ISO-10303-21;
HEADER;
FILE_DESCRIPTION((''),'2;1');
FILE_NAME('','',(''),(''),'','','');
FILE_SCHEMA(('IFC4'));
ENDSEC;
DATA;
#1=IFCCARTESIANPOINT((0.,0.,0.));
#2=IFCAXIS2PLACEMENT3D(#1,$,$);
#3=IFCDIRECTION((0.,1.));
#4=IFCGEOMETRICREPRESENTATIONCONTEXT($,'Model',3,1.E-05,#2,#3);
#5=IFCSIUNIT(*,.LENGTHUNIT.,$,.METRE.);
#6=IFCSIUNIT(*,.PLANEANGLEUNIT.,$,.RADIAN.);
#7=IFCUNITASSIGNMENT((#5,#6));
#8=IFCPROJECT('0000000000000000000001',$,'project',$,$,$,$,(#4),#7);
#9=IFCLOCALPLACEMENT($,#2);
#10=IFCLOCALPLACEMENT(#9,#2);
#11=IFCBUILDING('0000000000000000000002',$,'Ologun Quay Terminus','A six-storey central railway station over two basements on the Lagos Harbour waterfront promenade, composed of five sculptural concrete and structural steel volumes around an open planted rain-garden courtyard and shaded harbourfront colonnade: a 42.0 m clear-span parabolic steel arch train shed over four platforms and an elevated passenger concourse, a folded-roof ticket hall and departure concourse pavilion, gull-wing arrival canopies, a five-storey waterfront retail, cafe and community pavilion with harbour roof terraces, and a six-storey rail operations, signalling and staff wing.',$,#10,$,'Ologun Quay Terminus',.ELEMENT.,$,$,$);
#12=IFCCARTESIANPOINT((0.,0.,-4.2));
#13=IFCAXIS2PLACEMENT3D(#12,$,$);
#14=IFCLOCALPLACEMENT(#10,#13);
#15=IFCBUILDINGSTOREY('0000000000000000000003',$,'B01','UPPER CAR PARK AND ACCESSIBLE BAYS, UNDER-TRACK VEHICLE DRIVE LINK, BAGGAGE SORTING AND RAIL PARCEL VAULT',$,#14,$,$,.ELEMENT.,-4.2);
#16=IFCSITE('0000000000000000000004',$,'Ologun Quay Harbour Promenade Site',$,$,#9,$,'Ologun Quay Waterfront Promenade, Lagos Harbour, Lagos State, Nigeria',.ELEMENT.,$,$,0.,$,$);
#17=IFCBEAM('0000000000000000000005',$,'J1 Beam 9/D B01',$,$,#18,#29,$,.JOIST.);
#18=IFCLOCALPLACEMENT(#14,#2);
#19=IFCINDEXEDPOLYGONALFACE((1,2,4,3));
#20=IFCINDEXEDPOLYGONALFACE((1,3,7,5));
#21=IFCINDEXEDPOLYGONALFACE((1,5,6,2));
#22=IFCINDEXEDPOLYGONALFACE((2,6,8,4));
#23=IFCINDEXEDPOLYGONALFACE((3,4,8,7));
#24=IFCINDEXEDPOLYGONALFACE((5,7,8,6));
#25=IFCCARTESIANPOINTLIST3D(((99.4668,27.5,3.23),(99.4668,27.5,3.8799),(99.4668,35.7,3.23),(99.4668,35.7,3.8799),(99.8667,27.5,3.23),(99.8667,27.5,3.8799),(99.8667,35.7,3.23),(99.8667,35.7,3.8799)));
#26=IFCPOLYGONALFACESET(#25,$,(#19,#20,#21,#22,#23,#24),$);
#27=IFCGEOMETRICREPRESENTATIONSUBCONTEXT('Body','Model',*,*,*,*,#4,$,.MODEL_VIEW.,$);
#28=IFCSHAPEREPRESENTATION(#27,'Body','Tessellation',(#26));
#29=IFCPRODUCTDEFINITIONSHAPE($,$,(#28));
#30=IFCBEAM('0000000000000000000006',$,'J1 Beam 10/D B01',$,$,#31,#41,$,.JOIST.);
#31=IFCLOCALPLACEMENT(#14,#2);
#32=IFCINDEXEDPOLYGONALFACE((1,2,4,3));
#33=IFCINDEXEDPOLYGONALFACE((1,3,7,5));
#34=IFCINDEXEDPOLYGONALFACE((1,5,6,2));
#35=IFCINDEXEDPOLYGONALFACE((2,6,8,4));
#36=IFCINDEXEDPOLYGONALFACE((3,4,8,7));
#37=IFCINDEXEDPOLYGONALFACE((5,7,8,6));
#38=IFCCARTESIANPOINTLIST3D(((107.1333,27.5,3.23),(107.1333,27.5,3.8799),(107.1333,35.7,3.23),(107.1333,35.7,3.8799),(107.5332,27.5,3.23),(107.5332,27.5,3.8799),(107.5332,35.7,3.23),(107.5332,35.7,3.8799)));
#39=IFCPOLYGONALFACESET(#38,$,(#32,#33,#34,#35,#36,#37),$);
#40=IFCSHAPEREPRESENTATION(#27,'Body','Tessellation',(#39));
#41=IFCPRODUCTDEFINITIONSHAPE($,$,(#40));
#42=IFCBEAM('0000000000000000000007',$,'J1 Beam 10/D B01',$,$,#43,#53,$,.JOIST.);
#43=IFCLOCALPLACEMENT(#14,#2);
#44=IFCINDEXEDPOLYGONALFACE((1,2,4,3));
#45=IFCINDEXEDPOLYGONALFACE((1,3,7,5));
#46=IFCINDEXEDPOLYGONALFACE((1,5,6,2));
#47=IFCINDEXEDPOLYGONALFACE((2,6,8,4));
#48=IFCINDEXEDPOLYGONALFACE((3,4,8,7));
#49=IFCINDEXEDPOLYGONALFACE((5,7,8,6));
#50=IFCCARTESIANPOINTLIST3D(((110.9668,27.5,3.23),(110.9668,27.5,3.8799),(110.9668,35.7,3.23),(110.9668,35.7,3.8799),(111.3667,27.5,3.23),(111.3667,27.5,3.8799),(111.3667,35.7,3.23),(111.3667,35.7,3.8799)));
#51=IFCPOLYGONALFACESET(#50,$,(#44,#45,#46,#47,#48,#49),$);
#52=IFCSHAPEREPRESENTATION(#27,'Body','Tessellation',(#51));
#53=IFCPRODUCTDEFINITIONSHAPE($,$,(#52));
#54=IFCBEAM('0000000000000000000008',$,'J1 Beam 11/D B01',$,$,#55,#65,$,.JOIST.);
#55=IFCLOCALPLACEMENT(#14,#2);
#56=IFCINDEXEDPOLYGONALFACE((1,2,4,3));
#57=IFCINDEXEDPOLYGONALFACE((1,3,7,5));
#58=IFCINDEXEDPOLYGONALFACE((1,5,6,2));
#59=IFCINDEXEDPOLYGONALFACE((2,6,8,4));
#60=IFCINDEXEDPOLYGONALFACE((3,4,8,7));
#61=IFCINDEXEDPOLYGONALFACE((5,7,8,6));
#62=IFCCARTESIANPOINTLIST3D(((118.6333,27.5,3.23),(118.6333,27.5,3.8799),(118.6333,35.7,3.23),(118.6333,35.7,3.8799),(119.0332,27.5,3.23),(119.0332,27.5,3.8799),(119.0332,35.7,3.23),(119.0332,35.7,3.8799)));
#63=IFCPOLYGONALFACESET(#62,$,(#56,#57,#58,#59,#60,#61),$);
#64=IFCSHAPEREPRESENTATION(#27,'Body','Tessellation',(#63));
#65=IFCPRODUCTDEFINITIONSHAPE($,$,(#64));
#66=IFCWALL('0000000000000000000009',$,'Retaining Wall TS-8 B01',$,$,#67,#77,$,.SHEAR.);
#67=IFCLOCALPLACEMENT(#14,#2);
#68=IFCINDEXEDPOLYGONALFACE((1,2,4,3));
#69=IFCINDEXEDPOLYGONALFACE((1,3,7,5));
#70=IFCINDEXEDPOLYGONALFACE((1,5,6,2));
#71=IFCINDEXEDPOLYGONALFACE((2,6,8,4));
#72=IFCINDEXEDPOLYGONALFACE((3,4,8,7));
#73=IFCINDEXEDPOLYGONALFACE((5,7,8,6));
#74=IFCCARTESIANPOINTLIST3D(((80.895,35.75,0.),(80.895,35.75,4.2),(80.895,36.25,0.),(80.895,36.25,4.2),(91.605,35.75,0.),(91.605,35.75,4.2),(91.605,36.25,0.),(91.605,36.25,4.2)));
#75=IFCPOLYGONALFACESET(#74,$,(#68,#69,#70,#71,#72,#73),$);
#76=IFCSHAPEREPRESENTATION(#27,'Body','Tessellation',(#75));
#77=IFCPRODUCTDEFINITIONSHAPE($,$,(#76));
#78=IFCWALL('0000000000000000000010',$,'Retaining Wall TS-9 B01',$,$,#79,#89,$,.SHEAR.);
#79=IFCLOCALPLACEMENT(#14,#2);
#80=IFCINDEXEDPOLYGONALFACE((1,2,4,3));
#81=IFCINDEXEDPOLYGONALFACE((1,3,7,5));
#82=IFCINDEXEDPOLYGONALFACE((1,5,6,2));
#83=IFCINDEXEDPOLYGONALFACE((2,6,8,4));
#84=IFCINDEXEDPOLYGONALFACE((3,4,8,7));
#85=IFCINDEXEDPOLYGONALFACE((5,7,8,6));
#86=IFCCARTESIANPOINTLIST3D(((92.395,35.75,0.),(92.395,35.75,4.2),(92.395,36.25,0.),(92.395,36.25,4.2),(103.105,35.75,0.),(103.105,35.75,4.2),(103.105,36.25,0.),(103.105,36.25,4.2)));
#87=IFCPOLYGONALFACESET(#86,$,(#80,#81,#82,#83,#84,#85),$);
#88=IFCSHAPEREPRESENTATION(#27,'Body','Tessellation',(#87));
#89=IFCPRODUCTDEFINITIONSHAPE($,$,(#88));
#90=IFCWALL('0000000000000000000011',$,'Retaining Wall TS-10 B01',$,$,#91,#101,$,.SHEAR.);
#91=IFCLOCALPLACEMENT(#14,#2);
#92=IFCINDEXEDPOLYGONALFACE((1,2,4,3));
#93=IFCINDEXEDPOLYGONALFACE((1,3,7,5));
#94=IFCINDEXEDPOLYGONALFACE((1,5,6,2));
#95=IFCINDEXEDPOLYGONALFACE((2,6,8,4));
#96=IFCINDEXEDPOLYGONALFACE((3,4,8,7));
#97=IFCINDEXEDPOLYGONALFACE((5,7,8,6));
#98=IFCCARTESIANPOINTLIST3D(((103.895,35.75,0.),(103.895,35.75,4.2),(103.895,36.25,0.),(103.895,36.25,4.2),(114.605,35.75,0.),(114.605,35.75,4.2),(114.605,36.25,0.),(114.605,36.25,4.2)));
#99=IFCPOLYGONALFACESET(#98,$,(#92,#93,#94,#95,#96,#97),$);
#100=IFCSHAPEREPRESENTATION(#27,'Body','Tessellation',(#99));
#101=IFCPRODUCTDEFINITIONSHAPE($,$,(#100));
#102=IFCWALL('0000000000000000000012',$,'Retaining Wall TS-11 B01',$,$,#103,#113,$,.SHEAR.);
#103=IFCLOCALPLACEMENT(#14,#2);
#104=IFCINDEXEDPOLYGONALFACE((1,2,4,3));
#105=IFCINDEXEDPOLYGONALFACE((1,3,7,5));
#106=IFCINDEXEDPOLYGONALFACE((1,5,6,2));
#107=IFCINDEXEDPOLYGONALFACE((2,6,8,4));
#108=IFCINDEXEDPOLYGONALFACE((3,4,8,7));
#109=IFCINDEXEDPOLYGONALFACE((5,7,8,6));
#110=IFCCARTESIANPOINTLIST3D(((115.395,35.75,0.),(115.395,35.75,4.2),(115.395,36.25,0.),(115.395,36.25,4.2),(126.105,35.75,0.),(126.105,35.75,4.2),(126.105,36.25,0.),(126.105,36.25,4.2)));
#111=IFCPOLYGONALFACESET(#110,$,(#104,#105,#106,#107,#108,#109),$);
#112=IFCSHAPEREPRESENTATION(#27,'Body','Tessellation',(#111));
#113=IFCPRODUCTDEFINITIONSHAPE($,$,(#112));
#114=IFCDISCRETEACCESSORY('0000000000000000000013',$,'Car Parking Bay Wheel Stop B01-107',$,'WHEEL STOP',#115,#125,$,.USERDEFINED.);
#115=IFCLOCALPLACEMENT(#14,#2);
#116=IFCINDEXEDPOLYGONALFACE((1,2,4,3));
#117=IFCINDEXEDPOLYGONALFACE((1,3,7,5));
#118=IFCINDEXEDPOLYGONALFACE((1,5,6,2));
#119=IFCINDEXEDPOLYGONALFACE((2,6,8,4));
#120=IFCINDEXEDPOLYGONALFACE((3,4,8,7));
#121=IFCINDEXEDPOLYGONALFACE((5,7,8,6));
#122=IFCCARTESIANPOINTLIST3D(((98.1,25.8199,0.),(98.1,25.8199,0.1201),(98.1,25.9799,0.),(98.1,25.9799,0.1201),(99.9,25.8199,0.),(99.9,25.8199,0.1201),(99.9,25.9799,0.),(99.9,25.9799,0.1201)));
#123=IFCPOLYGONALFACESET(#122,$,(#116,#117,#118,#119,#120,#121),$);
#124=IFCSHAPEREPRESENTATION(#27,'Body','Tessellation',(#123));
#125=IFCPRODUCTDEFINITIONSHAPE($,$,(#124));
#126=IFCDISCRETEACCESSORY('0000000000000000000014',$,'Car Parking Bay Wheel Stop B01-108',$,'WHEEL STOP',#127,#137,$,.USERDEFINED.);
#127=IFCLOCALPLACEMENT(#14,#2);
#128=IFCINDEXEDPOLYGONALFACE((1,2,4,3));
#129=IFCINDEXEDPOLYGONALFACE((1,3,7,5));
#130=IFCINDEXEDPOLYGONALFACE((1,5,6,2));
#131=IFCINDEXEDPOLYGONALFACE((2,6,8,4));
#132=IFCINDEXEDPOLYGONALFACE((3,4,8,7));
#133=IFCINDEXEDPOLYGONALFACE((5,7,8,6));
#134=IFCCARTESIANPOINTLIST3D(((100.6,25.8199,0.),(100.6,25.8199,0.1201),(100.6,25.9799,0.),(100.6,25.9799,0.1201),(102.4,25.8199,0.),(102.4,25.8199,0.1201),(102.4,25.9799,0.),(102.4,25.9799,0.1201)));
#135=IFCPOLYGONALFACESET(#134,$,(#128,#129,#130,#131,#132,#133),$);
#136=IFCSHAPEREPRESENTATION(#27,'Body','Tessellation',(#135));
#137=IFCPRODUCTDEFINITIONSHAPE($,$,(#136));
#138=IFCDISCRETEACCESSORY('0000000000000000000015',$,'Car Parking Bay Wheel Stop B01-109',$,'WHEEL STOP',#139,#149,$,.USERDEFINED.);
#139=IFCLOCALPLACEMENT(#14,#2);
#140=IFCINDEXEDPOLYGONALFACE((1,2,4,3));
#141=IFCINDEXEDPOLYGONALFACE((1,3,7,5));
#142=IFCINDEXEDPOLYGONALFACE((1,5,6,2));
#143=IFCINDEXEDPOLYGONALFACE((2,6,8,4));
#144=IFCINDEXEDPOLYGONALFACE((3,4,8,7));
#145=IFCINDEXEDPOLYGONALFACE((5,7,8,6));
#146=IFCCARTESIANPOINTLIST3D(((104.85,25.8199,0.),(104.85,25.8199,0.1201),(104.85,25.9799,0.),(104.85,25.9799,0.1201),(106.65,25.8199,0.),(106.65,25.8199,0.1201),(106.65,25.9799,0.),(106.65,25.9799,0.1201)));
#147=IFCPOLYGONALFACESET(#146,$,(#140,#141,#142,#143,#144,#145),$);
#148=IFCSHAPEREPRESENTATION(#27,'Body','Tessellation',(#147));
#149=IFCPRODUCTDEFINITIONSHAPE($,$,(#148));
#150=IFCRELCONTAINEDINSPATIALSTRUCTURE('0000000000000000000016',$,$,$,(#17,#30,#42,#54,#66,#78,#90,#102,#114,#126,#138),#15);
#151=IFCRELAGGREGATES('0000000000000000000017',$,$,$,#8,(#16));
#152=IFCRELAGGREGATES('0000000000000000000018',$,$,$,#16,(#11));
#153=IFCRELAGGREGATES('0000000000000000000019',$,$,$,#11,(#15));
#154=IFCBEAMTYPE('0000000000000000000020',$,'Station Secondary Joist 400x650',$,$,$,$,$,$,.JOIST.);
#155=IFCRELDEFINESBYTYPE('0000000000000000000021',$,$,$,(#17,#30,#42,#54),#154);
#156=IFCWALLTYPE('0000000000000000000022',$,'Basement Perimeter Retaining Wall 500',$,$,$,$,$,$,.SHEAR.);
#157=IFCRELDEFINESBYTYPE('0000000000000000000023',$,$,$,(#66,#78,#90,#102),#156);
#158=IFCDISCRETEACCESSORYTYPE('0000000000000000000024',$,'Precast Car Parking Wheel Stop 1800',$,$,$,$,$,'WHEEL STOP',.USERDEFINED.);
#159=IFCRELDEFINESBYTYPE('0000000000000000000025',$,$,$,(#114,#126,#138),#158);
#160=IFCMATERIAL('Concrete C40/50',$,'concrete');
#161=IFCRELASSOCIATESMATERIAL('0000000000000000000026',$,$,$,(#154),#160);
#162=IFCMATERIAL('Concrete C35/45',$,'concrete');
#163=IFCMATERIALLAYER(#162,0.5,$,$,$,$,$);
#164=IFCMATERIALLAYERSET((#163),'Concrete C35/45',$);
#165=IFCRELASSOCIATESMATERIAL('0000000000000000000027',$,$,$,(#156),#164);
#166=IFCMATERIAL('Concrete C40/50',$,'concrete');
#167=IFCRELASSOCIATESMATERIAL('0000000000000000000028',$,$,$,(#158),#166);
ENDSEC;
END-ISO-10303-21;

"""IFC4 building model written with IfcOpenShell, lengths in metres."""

from ifc_helpers import new_model, si_unit, direction, frame, frame_2d, origin, origin_2d, place, context, subcontext, project, spatial, rectangle, extrude, material, layer, layer_set, material_profile, profile_set, type_object, element, save


model = new_model("IFC4")

# Units and contexts
model_context = context("Model", 3, precision=1e-05, world=origin(), true_north=direction((0.0, 1.0)))
body_context = subcontext(model_context, "Body", "Model", "MODEL_VIEW")
ifc_project = project(units=[si_unit("LENGTHUNIT", "METRE"), si_unit("PLANEANGLEUNIT", "RADIAN")], contexts=[model_context])

# Site, building, storey
site_placement = place(None, origin())
site = spatial("IfcSite", under=ifc_project, at=site_placement, Name="Ologun Quay Harbour Promenade Site", LongName="Ologun Quay Waterfront Promenade, Lagos Harbour, Lagos State, Nigeria", CompositionType="ELEMENT", RefElevation=0.0)
building_placement = place(site_placement, origin())
building = spatial("IfcBuilding", under=site, at=building_placement, Name="Ologun Quay Terminus", Description="A six-storey central railway station over two basements on the Lagos Harbour waterfront promenade, composed of five sculptural concrete and structural steel volumes around an open planted rain-garden courtyard and shaded harbourfront colonnade: a 42.0 m clear-span parabolic steel arch train shed over four platforms and an elevated passenger concourse, a folded-roof ticket hall and departure concourse pavilion, gull-wing arrival canopies, a five-storey waterfront retail, cafe and community pavilion with harbour roof terraces, and a six-storey rail operations, signalling and staff wing.", LongName="Ologun Quay Terminus", CompositionType="ELEMENT")
storey_placement = place(building_placement, frame((0.0, 0.0, -4.2)))
storey = spatial("IfcBuildingStorey", under=building, at=storey_placement, Name="B01", Description="UPPER CAR PARK AND ACCESSIBLE BAYS, UNDER-TRACK VEHICLE DRIVE LINK, BAGGAGE SORTING AND RAIL PARCEL VAULT", CompositionType="ELEMENT", Elevation=-4.2)

# Beams
ifc_material_1 = material(Name="Concrete C40/50", Category="concrete")
ifc_material_profile_1 = material_profile(ifc_material_1, rectangle(XDim=0.3999, YDim=0.6499, at=origin_2d()), Name="RC 400x650")
ifc_profile_set_1 = profile_set([ifc_material_profile_1], Name="Concrete C40/50")
beam_type_1 = type_object("IfcBeamType", Name="Station Secondary Joist 400x650", PredefinedType="JOIST", material=ifc_profile_set_1)
for number, where, z_axis, x_axis, name in (
    (1, (99.6667, 27.5, 3.5549), (0.0, 1.0, 0.0), (-1.0, 0.0, 0.0), "J1 Beam 9/D B01"),
    (2, (107.3333, 27.5, 3.5549), (0.0, 1.0, 0.0), (-1.0, 0.0, 0.0), "J1 Beam 10/D B01"),
    (3, (111.1667, 27.5, 3.5549), (0.0, 1.0, 0.0), (-1.0, 0.0, 0.0), "J1 Beam 10/D B01"),
    (4, (118.8333, 27.5, 3.5549), (0.0, 1.0, 0.0), (-1.0, 0.0, 0.0), "J1 Beam 11/D B01"),
):
    element("IfcBeam", number, at=place(storey_placement, frame(where, z_axis=z_axis, x_axis=x_axis)), inside=storey, type_object=beam_type_1, Name=name, PredefinedType="JOIST", context=body_context, shape_type="SweptSolid", body=[
        extrude(rectangle(XDim=0.3999, YDim=0.6499, at=origin_2d()), origin(), (0.0, 0.0, 1.0), 8.2),
    ])

# Walls
ifc_material_2 = material(Name="Concrete C35/45", Category="concrete")
ifc_layer_1 = layer(ifc_material_2, 0.5)
ifc_layer_set_1 = layer_set([ifc_layer_1], Name="Concrete C35/45")
wall_type_1 = type_object("IfcWallType", Name="Basement Perimeter Retaining Wall 500", PredefinedType="SHEAR", material=ifc_layer_set_1)
for number, where, z_axis, x_axis, name in (
    (5, (80.895, 36.0, 0.0), (0.0, 0.0, 1.0), (1.0, 0.0, 0.0), "Retaining Wall TS-8 B01"),
    (6, (92.395, 36.0, 0.0), (0.0, 0.0, 1.0), (1.0, 0.0, 0.0), "Retaining Wall TS-9 B01"),
    (7, (103.895, 36.0, 0.0), (0.0, 0.0, 1.0), (1.0, 0.0, 0.0), "Retaining Wall TS-10 B01"),
    (8, (115.395, 36.0, 0.0), (0.0, 0.0, 1.0), (1.0, 0.0, 0.0), "Retaining Wall TS-11 B01"),
):
    element("IfcWall", number, at=place(storey_placement, frame(where, z_axis=z_axis, x_axis=x_axis)), inside=storey, type_object=wall_type_1, Name=name, PredefinedType="SHEAR", context=body_context, shape_type="SweptSolid", body=[
        extrude(rectangle(XDim=10.71, YDim=0.5, at=frame_2d((5.355, 0.0))), origin(), (0.0, 0.0, 1.0), 4.2),
    ])

# Discrete accessories
ifc_material_3 = material(Name="Concrete C40/50", Category="concrete")
discrete_accessory_type = type_object("IfcDiscreteAccessoryType", Name="Precast Car Parking Wheel Stop 1800", ElementType="WHEEL STOP", PredefinedType="USERDEFINED", material=ifc_material_3)
for number, where, z_axis, x_axis, name in (
    (9, (99.0, 25.8999, 0.0), (0.0, 0.0, 1.0), (1.0, 0.0, 0.0), "Car Parking Bay Wheel Stop B01-107"),
    (10, (101.5, 25.8999, 0.0), (0.0, 0.0, 1.0), (1.0, 0.0, 0.0), "Car Parking Bay Wheel Stop B01-108"),
    (11, (105.75, 25.8999, 0.0), (0.0, 0.0, 1.0), (1.0, 0.0, 0.0), "Car Parking Bay Wheel Stop B01-109"),
):
    element("IfcDiscreteAccessory", number, at=place(storey_placement, frame(where, z_axis=z_axis, x_axis=x_axis)), inside=storey, type_object=discrete_accessory_type, Name=name, ObjectType="WHEEL STOP", PredefinedType="USERDEFINED", context=body_context, shape_type="SweptSolid", body=[
        extrude(rectangle(XDim=1.8, YDim=0.1599, at=origin_2d()), origin(), (0.0, 0.0, 1.0), 0.1201),
    ])

save(model, "model.ifc")
